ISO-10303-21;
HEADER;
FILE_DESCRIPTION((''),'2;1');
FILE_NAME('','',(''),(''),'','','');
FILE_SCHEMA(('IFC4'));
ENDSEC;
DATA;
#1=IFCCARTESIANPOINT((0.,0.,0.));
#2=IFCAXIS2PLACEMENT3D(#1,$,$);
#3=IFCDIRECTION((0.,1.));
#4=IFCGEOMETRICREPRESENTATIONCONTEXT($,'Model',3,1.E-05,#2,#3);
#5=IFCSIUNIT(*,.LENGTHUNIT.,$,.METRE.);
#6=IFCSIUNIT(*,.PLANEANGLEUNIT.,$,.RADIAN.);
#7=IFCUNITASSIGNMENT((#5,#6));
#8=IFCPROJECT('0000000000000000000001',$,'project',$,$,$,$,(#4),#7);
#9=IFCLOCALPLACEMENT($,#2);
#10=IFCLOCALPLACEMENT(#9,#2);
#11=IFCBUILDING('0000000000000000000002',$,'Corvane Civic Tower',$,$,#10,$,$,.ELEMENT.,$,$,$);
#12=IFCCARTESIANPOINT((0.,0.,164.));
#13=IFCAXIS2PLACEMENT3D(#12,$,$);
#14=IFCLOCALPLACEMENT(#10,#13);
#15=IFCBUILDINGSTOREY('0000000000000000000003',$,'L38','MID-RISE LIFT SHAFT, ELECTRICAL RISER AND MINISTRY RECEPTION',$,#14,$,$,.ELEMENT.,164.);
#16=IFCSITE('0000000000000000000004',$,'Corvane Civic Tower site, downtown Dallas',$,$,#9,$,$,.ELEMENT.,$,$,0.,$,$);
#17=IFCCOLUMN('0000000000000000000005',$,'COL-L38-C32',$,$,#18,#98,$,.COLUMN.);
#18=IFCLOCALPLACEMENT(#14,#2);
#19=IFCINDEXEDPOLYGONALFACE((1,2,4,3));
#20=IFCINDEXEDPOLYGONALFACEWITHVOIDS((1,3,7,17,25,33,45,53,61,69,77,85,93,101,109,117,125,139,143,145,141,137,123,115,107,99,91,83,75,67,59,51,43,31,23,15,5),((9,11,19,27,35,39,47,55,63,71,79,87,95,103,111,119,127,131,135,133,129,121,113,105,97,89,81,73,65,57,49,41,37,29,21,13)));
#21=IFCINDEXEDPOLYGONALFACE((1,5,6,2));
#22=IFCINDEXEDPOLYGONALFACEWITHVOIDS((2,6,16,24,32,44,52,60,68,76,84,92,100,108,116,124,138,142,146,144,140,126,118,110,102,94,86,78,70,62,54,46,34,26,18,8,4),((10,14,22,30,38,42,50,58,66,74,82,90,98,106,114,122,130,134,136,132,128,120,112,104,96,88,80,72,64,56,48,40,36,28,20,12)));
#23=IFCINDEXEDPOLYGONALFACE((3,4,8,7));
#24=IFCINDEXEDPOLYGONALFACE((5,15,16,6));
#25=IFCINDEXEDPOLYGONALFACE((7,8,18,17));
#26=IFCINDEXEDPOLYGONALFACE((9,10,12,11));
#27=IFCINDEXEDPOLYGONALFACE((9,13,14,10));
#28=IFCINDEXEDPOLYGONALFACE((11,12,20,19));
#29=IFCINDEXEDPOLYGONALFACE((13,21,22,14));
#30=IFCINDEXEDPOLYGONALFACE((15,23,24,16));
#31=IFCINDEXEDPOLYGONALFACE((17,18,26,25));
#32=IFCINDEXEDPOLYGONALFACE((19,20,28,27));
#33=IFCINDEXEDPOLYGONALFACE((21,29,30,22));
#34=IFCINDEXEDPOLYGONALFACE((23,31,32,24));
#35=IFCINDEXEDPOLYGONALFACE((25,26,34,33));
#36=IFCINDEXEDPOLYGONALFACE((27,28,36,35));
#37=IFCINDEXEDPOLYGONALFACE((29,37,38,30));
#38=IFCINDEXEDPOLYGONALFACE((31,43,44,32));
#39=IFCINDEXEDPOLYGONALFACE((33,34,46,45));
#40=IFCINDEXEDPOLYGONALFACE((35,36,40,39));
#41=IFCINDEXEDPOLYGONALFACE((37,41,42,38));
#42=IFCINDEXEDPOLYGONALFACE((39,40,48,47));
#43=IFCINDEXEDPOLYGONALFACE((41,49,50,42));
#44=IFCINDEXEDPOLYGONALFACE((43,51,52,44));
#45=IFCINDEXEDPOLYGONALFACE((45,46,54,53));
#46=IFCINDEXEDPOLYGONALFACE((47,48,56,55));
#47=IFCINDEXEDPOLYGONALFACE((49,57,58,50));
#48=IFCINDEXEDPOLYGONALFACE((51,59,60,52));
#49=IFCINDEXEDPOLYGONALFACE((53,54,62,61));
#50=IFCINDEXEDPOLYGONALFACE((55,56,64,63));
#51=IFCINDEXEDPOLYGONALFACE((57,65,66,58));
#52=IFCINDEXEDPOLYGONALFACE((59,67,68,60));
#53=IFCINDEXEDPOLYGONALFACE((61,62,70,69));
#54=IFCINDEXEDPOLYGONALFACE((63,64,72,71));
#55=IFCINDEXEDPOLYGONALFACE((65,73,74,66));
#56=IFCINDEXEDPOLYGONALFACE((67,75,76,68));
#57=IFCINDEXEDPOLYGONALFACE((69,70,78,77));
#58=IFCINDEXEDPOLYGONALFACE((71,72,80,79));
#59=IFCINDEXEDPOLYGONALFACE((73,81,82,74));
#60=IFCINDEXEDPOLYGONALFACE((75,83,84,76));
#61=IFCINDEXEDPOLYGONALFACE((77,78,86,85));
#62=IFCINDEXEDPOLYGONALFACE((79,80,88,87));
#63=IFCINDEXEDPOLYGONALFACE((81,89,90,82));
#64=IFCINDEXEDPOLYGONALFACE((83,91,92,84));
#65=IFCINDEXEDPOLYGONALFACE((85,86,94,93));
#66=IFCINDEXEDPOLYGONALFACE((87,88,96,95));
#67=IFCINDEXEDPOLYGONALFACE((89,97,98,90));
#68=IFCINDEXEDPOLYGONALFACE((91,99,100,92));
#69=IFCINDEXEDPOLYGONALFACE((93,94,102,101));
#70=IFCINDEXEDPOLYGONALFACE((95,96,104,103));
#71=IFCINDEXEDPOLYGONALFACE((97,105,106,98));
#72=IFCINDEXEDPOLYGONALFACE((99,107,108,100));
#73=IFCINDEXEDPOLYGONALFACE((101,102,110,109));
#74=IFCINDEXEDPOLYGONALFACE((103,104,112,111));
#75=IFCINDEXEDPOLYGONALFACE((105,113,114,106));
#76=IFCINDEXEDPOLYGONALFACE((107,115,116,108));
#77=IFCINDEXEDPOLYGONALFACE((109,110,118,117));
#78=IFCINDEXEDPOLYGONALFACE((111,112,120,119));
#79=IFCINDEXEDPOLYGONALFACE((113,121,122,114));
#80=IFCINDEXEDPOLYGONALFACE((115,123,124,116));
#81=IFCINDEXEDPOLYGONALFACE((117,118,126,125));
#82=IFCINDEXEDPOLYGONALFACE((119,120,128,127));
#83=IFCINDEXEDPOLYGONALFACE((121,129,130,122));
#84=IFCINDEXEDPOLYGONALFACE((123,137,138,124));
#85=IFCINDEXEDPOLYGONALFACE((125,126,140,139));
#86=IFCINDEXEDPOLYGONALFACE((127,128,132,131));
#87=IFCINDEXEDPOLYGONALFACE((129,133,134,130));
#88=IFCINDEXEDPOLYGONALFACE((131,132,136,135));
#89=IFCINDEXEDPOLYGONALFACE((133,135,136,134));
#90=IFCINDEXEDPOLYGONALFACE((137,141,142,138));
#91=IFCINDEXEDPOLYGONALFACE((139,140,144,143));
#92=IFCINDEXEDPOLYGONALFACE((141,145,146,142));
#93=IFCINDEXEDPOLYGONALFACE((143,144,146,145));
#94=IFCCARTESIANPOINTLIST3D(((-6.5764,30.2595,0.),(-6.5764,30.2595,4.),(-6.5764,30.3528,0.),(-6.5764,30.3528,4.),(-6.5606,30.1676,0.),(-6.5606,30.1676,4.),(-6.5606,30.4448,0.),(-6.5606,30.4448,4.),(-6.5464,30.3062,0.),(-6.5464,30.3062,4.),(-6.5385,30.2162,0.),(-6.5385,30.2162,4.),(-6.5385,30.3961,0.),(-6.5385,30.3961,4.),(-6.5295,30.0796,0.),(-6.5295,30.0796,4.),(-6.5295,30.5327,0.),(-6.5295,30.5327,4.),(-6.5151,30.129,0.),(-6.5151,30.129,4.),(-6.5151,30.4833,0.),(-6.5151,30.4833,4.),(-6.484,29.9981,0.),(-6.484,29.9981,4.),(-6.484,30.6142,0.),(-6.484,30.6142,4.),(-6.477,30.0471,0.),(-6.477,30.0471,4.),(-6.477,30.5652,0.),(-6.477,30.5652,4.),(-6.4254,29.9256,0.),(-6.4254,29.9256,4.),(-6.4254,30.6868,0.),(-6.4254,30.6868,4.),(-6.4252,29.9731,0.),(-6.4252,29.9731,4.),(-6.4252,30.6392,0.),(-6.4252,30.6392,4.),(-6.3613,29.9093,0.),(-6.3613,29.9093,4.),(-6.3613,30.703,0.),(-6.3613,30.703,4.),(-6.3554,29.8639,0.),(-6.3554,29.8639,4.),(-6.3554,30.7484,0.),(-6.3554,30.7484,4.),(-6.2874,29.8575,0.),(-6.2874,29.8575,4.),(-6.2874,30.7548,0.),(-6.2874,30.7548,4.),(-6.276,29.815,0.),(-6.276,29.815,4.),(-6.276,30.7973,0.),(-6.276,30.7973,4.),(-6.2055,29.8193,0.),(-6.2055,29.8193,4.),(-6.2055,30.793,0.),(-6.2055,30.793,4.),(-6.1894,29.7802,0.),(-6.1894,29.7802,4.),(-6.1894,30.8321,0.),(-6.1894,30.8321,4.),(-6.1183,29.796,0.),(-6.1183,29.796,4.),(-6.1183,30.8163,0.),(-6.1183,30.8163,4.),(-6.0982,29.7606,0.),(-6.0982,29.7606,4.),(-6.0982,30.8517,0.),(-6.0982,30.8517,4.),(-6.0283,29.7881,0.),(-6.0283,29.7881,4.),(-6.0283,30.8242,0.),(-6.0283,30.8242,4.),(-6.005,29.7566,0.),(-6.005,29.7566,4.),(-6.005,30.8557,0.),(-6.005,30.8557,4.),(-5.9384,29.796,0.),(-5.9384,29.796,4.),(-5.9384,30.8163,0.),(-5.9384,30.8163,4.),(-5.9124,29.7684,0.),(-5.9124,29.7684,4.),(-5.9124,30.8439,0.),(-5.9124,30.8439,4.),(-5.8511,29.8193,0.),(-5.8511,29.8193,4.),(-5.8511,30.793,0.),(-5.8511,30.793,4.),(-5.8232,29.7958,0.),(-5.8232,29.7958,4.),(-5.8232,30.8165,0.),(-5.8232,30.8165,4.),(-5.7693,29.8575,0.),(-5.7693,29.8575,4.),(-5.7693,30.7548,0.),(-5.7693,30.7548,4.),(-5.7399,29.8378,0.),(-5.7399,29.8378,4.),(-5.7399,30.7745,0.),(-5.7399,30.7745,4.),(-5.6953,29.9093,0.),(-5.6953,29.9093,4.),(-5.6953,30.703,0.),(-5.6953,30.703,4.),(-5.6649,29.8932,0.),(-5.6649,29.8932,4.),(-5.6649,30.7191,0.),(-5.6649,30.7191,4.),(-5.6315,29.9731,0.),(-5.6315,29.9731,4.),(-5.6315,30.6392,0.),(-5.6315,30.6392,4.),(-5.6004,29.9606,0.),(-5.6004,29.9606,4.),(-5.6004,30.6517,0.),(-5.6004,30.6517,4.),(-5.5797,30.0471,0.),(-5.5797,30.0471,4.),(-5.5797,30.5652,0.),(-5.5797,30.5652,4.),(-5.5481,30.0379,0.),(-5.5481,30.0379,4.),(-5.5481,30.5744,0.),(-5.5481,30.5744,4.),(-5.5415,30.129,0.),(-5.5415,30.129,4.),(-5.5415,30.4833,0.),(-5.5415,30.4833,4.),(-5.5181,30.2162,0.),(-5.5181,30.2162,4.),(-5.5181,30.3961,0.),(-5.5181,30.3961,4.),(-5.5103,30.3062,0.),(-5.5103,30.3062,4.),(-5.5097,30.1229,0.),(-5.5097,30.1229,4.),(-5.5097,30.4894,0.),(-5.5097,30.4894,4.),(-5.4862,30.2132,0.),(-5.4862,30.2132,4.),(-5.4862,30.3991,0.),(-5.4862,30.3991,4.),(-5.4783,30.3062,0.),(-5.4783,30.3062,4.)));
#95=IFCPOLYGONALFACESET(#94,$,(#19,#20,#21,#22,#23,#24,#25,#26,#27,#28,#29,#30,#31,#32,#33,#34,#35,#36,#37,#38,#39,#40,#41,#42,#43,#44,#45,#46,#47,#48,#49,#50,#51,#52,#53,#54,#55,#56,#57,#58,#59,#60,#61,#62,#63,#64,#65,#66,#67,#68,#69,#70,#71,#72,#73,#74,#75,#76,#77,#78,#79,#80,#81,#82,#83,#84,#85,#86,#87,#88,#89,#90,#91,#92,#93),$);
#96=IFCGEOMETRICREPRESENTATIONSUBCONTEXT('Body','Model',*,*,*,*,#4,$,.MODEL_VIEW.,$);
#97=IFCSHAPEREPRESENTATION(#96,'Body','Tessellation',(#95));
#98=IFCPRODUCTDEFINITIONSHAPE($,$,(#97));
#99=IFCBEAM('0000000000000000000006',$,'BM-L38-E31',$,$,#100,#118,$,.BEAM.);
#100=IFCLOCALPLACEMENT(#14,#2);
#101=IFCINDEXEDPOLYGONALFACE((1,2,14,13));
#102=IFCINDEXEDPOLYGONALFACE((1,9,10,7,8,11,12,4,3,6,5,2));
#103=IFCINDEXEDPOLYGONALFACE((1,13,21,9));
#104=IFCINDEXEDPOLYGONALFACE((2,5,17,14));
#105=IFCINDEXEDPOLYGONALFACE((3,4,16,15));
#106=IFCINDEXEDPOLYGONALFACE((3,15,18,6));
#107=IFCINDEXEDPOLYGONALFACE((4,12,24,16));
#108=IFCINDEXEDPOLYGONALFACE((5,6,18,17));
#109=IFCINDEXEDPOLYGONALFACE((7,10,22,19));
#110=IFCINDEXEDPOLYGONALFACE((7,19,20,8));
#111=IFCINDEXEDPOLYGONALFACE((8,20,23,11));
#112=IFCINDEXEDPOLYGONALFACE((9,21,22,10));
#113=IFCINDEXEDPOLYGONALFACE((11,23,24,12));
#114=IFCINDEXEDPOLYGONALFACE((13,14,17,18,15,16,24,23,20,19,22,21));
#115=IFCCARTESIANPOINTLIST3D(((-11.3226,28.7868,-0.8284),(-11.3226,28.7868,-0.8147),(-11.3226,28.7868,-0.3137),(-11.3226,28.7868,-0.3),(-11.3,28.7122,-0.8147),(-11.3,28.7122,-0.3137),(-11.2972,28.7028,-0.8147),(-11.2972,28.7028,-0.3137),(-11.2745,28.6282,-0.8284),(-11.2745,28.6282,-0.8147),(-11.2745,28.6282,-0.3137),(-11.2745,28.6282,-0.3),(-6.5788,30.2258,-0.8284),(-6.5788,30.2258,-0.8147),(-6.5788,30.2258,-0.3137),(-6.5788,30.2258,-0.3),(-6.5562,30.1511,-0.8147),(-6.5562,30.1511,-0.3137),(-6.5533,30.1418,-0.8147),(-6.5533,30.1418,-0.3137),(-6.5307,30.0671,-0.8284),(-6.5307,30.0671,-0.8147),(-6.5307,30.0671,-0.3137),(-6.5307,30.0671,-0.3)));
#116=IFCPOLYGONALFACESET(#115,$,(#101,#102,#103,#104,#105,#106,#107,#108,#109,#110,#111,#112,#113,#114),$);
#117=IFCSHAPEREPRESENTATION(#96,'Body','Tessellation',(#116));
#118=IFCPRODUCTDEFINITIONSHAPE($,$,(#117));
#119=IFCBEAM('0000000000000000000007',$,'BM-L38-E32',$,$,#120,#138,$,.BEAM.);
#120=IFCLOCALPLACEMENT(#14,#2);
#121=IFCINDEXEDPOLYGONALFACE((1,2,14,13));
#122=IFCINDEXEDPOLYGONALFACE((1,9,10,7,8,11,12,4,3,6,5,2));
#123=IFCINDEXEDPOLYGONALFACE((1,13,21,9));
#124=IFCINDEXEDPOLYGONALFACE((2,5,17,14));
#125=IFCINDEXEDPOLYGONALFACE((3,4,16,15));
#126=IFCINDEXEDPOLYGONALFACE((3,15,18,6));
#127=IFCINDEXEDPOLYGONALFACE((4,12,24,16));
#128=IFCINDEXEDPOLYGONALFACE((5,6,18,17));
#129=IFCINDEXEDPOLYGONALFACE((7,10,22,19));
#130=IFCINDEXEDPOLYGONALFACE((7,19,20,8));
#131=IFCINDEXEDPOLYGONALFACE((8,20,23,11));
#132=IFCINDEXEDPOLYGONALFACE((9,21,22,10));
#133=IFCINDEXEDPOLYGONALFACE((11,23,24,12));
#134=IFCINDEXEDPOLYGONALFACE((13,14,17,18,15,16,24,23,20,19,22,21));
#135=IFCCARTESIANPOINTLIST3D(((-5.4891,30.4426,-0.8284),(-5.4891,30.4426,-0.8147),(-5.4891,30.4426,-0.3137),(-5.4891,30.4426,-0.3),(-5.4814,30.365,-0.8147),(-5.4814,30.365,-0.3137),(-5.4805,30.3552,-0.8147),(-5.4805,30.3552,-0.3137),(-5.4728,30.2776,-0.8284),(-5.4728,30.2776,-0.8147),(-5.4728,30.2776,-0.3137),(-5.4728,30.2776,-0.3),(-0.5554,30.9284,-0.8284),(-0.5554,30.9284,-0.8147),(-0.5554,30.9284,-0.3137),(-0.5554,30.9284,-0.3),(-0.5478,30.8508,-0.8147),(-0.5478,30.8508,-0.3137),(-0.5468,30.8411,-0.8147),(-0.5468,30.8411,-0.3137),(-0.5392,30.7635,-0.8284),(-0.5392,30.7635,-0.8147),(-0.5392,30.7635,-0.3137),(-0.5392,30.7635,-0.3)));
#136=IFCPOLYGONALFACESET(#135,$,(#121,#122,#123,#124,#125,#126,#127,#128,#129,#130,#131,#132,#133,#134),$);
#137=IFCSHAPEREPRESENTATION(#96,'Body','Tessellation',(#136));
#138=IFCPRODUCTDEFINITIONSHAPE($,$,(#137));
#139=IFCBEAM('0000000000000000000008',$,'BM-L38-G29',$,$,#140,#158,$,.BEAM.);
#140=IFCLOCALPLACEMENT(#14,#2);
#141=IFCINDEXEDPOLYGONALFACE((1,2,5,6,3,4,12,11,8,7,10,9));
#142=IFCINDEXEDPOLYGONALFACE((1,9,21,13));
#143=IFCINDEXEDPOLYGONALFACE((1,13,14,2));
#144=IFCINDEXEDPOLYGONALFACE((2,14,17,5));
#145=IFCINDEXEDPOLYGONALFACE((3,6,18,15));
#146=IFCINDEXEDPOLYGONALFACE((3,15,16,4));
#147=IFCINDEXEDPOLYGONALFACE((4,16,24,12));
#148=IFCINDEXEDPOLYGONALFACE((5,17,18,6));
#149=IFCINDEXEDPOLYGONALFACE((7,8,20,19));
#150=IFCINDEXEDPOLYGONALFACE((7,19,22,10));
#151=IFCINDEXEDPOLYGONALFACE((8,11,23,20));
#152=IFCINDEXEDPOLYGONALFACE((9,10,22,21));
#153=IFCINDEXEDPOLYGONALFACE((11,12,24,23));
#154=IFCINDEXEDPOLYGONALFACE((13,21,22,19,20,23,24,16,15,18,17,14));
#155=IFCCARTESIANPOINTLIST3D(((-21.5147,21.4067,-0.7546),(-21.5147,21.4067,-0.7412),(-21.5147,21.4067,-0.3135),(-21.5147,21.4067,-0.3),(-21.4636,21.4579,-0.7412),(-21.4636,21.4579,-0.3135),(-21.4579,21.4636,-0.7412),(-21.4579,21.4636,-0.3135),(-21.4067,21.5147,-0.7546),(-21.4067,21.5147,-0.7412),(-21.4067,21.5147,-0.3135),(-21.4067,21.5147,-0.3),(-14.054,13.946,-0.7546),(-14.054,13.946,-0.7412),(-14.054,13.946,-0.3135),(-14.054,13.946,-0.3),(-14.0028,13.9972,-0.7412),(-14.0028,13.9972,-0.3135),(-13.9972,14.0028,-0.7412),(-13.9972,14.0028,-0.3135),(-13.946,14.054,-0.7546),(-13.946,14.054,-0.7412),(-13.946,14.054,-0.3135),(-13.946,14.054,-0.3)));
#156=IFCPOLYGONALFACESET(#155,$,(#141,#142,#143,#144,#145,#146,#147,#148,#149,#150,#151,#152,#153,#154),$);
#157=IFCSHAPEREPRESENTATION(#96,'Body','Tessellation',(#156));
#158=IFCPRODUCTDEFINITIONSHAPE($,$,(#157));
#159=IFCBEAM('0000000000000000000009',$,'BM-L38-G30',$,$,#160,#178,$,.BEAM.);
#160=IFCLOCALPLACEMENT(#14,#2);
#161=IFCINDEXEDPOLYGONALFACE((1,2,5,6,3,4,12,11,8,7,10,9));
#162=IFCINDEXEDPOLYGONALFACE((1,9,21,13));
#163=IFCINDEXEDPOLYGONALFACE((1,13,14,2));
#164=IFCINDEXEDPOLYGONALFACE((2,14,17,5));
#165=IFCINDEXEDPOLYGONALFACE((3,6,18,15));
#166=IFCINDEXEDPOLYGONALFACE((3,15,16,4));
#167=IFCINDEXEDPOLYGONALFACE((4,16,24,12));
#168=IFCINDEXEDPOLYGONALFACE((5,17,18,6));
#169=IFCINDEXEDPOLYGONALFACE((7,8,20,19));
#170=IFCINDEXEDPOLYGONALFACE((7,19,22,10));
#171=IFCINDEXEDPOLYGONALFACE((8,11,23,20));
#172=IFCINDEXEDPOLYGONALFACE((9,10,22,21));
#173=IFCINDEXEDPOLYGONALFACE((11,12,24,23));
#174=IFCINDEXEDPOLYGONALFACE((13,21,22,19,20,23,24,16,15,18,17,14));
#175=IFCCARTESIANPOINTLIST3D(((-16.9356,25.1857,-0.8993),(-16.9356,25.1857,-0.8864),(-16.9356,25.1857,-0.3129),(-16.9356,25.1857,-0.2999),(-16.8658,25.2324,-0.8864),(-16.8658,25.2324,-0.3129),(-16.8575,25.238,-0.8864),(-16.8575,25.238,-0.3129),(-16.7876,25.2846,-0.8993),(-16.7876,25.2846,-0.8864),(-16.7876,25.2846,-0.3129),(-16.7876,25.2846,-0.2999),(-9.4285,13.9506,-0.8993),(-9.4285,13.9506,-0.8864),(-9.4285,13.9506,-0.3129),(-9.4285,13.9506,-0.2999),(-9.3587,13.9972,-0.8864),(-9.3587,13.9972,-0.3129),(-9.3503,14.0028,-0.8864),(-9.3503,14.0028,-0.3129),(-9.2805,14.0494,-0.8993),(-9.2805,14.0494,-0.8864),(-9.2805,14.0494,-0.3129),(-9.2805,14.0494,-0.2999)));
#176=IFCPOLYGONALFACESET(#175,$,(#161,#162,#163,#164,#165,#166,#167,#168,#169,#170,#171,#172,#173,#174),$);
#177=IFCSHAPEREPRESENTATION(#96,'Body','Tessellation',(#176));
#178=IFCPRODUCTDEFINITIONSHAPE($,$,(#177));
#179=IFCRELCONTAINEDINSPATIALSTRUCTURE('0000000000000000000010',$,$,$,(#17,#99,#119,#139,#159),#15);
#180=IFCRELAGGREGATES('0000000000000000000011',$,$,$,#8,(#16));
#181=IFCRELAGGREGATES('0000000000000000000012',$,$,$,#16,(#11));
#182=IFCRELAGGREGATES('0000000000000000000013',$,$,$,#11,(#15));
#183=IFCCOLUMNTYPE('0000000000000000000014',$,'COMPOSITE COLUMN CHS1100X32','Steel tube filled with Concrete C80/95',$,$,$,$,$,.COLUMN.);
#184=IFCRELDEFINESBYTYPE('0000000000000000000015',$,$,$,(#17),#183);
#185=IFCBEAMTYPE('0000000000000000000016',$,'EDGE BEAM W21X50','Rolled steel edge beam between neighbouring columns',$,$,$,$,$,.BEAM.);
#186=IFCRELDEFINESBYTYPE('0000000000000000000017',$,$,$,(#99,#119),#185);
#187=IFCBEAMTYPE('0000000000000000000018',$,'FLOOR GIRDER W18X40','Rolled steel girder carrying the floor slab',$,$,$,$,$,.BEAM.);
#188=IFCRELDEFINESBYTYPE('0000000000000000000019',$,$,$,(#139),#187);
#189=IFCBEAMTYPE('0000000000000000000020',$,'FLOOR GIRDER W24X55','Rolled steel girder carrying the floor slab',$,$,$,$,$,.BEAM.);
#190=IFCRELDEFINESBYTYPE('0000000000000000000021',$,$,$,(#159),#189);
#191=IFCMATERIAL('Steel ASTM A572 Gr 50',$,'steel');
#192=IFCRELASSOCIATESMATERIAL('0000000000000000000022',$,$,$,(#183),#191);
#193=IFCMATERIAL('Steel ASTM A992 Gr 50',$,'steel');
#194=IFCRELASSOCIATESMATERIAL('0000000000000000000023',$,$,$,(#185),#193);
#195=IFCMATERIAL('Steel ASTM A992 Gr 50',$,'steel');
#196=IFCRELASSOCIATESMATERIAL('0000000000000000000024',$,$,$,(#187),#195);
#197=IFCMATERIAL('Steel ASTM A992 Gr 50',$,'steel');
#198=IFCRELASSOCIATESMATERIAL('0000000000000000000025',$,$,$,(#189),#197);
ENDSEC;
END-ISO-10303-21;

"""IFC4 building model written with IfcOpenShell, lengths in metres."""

from ifc_helpers import new_model, si_unit, direction, frame, origin, origin_2d, place, context, subcontext, project, spatial, hollow_circle, i_section, extrude, material, material_profile, profile_set, type_object, element, save


model = new_model("IFC4")

# Units and contexts
model_context = context("Model", 3, precision=1e-05, world=origin(), true_north=direction((0.0, 1.0)))
body_context = subcontext(model_context, "Body", "Model", "MODEL_VIEW")
ifc_project = project(units=[si_unit("LENGTHUNIT", "METRE"), si_unit("PLANEANGLEUNIT", "RADIAN")], contexts=[model_context])

# Site, building, storey
site_placement = place(None, origin())
site = spatial("IfcSite", under=ifc_project, at=site_placement, Name="Corvane Civic Tower site, downtown Dallas", CompositionType="ELEMENT", RefElevation=0.0)
building_placement = place(site_placement, origin())
building = spatial("IfcBuilding", under=site, at=building_placement, Name="Corvane Civic Tower", CompositionType="ELEMENT")
storey_placement = place(building_placement, frame((0.0, 0.0, 164.0)))
storey = spatial("IfcBuildingStorey", under=building, at=storey_placement, Name="L38", Description="MID-RISE LIFT SHAFT, ELECTRICAL RISER AND MINISTRY RECEPTION", CompositionType="ELEMENT", Elevation=164.0)

# Column
ifc_material_1 = material(Name="Steel ASTM A572 Gr 50", Category="steel")
ifc_material_profile_1 = material_profile(ifc_material_1, hollow_circle(Radius=0.55, WallThickness=0.032, at=origin_2d()), Name="CHS1100X32")
ifc_profile_set_1 = profile_set([ifc_material_profile_1], Name="Steel ASTM A572 Gr 50")
column_type = type_object("IfcColumnType", Name="COMPOSITE COLUMN CHS1100X32", Description="Steel tube filled with Concrete C80/95", PredefinedType="COLUMN", material=ifc_profile_set_1)
for number, where, z_axis, x_axis, name in (
    (1, (-6.0283, 30.3062, 0.0), (0.0, 0.0, 1.0), (1.0, 0.0, 0.0), "COL-L38-C32"),
):
    element("IfcColumn", number, at=place(storey_placement, frame(where, z_axis=z_axis, x_axis=x_axis)), inside=storey, type_object=column_type, Name=name, PredefinedType="COLUMN", context=body_context, shape_type="SweptSolid", body=[
        extrude(hollow_circle(Radius=0.55, WallThickness=0.032, at=origin_2d()), origin(), (0.0, 0.0, 1.0), 4.0),
    ])

# Beams
ifc_material_2 = material(Name="Steel ASTM A992 Gr 50", Category="steel")
ifc_material_profile_2 = material_profile(ifc_material_2, i_section(OverallWidth=0.1658, OverallDepth=0.5283, WebThickness=0.0098, FlangeThickness=0.0137, at=origin_2d()), Name="W21X50")
ifc_profile_set_2 = profile_set([ifc_material_profile_2], Name="Steel ASTM A992 Gr 50")
beam_type_1 = type_object("IfcBeamType", Name="EDGE BEAM W21X50", Description="Rolled steel edge beam between neighbouring columns", PredefinedType="BEAM", material=ifc_profile_set_2)
beam_1_placement = place(storey_placement, frame((-11.2986, 28.7075, -0.5642), z_axis=(0.956945, 0.29027, 0.0), x_axis=(-0.29027, 0.956945, 0.0)))
element("IfcBeam", 2, at=beam_1_placement, inside=storey, type_object=beam_type_1, Name="BM-L38-E31", PredefinedType="BEAM", context=body_context, shape_type="SweptSolid", body=[
    extrude(i_section(OverallWidth=0.1658, OverallDepth=0.5283, WebThickness=0.0098, FlangeThickness=0.0137, at=origin_2d()), origin(), (0.0, 0.0, 1.0), 4.9573),
])
beam_2_placement = place(storey_placement, frame((-5.481, 30.3601, -0.5642), z_axis=(0.995186, 0.098002, 0.0), x_axis=(-0.098002, 0.995186, 0.0)))
element("IfcBeam", 3, at=beam_2_placement, inside=storey, type_object=beam_type_1, Name="BM-L38-E32", PredefinedType="BEAM", context=body_context, shape_type="SweptSolid", body=[
    extrude(i_section(OverallWidth=0.1658, OverallDepth=0.5283, WebThickness=0.0098, FlangeThickness=0.0137, at=origin_2d()), origin(), (0.0, 0.0, 1.0), 4.9575),
])
ifc_material_3 = material(Name="Steel ASTM A992 Gr 50", Category="steel")
ifc_material_profile_3 = material_profile(ifc_material_3, i_section(OverallWidth=0.1528, OverallDepth=0.4546, WebThickness=0.0081, FlangeThickness=0.0134, at=origin_2d()), Name="W18X40")
ifc_profile_set_3 = profile_set([ifc_material_profile_3], Name="Steel ASTM A992 Gr 50")
beam_type_2 = type_object("IfcBeamType", Name="FLOOR GIRDER W18X40", Description="Rolled steel girder carrying the floor slab", PredefinedType="BEAM", material=ifc_profile_set_3)
beam_3_placement = place(storey_placement, frame((-14.0, 14.0, -0.5273), z_axis=(-0.707107, 0.707107, 0.0), x_axis=(-0.707107, -0.707107, 0.0)))
element("IfcBeam", 4, at=beam_3_placement, inside=storey, type_object=beam_type_2, Name="BM-L38-G29", PredefinedType="BEAM", context=body_context, shape_type="SweptSolid", body=[
    extrude(i_section(OverallWidth=0.1528, OverallDepth=0.4546, WebThickness=0.0081, FlangeThickness=0.0134, at=origin_2d()), origin(), (0.0, 0.0, 1.0), 10.551),
])
ifc_material_4 = material(Name="Steel ASTM A992 Gr 50", Category="steel")
ifc_material_profile_4 = material_profile(ifc_material_4, i_section(OverallWidth=0.178, OverallDepth=0.5994, WebThickness=0.01, FlangeThickness=0.0129, at=origin_2d()), Name="W24X55")
ifc_profile_set_4 = profile_set([ifc_material_profile_4], Name="Steel ASTM A992 Gr 50")
beam_type_3 = type_object("IfcBeamType", Name="FLOOR GIRDER W24X55", Description="Rolled steel girder carrying the floor slab", PredefinedType="BEAM", material=ifc_profile_set_4)
beam_4_placement = place(storey_placement, frame((-9.3545, 14.0, -0.5996), z_axis=(-0.555571, 0.831469, 0.0), x_axis=(-0.831469, -0.555571, 0.0)))
element("IfcBeam", 5, at=beam_4_placement, inside=storey, type_object=beam_type_3, Name="BM-L38-G30", PredefinedType="BEAM", context=body_context, shape_type="SweptSolid", body=[
    extrude(i_section(OverallWidth=0.178, OverallDepth=0.5994, WebThickness=0.01, FlangeThickness=0.0129, at=origin_2d()), origin(), (0.0, 0.0, 1.0), 13.5125),
])

save(model, "model.ifc")
